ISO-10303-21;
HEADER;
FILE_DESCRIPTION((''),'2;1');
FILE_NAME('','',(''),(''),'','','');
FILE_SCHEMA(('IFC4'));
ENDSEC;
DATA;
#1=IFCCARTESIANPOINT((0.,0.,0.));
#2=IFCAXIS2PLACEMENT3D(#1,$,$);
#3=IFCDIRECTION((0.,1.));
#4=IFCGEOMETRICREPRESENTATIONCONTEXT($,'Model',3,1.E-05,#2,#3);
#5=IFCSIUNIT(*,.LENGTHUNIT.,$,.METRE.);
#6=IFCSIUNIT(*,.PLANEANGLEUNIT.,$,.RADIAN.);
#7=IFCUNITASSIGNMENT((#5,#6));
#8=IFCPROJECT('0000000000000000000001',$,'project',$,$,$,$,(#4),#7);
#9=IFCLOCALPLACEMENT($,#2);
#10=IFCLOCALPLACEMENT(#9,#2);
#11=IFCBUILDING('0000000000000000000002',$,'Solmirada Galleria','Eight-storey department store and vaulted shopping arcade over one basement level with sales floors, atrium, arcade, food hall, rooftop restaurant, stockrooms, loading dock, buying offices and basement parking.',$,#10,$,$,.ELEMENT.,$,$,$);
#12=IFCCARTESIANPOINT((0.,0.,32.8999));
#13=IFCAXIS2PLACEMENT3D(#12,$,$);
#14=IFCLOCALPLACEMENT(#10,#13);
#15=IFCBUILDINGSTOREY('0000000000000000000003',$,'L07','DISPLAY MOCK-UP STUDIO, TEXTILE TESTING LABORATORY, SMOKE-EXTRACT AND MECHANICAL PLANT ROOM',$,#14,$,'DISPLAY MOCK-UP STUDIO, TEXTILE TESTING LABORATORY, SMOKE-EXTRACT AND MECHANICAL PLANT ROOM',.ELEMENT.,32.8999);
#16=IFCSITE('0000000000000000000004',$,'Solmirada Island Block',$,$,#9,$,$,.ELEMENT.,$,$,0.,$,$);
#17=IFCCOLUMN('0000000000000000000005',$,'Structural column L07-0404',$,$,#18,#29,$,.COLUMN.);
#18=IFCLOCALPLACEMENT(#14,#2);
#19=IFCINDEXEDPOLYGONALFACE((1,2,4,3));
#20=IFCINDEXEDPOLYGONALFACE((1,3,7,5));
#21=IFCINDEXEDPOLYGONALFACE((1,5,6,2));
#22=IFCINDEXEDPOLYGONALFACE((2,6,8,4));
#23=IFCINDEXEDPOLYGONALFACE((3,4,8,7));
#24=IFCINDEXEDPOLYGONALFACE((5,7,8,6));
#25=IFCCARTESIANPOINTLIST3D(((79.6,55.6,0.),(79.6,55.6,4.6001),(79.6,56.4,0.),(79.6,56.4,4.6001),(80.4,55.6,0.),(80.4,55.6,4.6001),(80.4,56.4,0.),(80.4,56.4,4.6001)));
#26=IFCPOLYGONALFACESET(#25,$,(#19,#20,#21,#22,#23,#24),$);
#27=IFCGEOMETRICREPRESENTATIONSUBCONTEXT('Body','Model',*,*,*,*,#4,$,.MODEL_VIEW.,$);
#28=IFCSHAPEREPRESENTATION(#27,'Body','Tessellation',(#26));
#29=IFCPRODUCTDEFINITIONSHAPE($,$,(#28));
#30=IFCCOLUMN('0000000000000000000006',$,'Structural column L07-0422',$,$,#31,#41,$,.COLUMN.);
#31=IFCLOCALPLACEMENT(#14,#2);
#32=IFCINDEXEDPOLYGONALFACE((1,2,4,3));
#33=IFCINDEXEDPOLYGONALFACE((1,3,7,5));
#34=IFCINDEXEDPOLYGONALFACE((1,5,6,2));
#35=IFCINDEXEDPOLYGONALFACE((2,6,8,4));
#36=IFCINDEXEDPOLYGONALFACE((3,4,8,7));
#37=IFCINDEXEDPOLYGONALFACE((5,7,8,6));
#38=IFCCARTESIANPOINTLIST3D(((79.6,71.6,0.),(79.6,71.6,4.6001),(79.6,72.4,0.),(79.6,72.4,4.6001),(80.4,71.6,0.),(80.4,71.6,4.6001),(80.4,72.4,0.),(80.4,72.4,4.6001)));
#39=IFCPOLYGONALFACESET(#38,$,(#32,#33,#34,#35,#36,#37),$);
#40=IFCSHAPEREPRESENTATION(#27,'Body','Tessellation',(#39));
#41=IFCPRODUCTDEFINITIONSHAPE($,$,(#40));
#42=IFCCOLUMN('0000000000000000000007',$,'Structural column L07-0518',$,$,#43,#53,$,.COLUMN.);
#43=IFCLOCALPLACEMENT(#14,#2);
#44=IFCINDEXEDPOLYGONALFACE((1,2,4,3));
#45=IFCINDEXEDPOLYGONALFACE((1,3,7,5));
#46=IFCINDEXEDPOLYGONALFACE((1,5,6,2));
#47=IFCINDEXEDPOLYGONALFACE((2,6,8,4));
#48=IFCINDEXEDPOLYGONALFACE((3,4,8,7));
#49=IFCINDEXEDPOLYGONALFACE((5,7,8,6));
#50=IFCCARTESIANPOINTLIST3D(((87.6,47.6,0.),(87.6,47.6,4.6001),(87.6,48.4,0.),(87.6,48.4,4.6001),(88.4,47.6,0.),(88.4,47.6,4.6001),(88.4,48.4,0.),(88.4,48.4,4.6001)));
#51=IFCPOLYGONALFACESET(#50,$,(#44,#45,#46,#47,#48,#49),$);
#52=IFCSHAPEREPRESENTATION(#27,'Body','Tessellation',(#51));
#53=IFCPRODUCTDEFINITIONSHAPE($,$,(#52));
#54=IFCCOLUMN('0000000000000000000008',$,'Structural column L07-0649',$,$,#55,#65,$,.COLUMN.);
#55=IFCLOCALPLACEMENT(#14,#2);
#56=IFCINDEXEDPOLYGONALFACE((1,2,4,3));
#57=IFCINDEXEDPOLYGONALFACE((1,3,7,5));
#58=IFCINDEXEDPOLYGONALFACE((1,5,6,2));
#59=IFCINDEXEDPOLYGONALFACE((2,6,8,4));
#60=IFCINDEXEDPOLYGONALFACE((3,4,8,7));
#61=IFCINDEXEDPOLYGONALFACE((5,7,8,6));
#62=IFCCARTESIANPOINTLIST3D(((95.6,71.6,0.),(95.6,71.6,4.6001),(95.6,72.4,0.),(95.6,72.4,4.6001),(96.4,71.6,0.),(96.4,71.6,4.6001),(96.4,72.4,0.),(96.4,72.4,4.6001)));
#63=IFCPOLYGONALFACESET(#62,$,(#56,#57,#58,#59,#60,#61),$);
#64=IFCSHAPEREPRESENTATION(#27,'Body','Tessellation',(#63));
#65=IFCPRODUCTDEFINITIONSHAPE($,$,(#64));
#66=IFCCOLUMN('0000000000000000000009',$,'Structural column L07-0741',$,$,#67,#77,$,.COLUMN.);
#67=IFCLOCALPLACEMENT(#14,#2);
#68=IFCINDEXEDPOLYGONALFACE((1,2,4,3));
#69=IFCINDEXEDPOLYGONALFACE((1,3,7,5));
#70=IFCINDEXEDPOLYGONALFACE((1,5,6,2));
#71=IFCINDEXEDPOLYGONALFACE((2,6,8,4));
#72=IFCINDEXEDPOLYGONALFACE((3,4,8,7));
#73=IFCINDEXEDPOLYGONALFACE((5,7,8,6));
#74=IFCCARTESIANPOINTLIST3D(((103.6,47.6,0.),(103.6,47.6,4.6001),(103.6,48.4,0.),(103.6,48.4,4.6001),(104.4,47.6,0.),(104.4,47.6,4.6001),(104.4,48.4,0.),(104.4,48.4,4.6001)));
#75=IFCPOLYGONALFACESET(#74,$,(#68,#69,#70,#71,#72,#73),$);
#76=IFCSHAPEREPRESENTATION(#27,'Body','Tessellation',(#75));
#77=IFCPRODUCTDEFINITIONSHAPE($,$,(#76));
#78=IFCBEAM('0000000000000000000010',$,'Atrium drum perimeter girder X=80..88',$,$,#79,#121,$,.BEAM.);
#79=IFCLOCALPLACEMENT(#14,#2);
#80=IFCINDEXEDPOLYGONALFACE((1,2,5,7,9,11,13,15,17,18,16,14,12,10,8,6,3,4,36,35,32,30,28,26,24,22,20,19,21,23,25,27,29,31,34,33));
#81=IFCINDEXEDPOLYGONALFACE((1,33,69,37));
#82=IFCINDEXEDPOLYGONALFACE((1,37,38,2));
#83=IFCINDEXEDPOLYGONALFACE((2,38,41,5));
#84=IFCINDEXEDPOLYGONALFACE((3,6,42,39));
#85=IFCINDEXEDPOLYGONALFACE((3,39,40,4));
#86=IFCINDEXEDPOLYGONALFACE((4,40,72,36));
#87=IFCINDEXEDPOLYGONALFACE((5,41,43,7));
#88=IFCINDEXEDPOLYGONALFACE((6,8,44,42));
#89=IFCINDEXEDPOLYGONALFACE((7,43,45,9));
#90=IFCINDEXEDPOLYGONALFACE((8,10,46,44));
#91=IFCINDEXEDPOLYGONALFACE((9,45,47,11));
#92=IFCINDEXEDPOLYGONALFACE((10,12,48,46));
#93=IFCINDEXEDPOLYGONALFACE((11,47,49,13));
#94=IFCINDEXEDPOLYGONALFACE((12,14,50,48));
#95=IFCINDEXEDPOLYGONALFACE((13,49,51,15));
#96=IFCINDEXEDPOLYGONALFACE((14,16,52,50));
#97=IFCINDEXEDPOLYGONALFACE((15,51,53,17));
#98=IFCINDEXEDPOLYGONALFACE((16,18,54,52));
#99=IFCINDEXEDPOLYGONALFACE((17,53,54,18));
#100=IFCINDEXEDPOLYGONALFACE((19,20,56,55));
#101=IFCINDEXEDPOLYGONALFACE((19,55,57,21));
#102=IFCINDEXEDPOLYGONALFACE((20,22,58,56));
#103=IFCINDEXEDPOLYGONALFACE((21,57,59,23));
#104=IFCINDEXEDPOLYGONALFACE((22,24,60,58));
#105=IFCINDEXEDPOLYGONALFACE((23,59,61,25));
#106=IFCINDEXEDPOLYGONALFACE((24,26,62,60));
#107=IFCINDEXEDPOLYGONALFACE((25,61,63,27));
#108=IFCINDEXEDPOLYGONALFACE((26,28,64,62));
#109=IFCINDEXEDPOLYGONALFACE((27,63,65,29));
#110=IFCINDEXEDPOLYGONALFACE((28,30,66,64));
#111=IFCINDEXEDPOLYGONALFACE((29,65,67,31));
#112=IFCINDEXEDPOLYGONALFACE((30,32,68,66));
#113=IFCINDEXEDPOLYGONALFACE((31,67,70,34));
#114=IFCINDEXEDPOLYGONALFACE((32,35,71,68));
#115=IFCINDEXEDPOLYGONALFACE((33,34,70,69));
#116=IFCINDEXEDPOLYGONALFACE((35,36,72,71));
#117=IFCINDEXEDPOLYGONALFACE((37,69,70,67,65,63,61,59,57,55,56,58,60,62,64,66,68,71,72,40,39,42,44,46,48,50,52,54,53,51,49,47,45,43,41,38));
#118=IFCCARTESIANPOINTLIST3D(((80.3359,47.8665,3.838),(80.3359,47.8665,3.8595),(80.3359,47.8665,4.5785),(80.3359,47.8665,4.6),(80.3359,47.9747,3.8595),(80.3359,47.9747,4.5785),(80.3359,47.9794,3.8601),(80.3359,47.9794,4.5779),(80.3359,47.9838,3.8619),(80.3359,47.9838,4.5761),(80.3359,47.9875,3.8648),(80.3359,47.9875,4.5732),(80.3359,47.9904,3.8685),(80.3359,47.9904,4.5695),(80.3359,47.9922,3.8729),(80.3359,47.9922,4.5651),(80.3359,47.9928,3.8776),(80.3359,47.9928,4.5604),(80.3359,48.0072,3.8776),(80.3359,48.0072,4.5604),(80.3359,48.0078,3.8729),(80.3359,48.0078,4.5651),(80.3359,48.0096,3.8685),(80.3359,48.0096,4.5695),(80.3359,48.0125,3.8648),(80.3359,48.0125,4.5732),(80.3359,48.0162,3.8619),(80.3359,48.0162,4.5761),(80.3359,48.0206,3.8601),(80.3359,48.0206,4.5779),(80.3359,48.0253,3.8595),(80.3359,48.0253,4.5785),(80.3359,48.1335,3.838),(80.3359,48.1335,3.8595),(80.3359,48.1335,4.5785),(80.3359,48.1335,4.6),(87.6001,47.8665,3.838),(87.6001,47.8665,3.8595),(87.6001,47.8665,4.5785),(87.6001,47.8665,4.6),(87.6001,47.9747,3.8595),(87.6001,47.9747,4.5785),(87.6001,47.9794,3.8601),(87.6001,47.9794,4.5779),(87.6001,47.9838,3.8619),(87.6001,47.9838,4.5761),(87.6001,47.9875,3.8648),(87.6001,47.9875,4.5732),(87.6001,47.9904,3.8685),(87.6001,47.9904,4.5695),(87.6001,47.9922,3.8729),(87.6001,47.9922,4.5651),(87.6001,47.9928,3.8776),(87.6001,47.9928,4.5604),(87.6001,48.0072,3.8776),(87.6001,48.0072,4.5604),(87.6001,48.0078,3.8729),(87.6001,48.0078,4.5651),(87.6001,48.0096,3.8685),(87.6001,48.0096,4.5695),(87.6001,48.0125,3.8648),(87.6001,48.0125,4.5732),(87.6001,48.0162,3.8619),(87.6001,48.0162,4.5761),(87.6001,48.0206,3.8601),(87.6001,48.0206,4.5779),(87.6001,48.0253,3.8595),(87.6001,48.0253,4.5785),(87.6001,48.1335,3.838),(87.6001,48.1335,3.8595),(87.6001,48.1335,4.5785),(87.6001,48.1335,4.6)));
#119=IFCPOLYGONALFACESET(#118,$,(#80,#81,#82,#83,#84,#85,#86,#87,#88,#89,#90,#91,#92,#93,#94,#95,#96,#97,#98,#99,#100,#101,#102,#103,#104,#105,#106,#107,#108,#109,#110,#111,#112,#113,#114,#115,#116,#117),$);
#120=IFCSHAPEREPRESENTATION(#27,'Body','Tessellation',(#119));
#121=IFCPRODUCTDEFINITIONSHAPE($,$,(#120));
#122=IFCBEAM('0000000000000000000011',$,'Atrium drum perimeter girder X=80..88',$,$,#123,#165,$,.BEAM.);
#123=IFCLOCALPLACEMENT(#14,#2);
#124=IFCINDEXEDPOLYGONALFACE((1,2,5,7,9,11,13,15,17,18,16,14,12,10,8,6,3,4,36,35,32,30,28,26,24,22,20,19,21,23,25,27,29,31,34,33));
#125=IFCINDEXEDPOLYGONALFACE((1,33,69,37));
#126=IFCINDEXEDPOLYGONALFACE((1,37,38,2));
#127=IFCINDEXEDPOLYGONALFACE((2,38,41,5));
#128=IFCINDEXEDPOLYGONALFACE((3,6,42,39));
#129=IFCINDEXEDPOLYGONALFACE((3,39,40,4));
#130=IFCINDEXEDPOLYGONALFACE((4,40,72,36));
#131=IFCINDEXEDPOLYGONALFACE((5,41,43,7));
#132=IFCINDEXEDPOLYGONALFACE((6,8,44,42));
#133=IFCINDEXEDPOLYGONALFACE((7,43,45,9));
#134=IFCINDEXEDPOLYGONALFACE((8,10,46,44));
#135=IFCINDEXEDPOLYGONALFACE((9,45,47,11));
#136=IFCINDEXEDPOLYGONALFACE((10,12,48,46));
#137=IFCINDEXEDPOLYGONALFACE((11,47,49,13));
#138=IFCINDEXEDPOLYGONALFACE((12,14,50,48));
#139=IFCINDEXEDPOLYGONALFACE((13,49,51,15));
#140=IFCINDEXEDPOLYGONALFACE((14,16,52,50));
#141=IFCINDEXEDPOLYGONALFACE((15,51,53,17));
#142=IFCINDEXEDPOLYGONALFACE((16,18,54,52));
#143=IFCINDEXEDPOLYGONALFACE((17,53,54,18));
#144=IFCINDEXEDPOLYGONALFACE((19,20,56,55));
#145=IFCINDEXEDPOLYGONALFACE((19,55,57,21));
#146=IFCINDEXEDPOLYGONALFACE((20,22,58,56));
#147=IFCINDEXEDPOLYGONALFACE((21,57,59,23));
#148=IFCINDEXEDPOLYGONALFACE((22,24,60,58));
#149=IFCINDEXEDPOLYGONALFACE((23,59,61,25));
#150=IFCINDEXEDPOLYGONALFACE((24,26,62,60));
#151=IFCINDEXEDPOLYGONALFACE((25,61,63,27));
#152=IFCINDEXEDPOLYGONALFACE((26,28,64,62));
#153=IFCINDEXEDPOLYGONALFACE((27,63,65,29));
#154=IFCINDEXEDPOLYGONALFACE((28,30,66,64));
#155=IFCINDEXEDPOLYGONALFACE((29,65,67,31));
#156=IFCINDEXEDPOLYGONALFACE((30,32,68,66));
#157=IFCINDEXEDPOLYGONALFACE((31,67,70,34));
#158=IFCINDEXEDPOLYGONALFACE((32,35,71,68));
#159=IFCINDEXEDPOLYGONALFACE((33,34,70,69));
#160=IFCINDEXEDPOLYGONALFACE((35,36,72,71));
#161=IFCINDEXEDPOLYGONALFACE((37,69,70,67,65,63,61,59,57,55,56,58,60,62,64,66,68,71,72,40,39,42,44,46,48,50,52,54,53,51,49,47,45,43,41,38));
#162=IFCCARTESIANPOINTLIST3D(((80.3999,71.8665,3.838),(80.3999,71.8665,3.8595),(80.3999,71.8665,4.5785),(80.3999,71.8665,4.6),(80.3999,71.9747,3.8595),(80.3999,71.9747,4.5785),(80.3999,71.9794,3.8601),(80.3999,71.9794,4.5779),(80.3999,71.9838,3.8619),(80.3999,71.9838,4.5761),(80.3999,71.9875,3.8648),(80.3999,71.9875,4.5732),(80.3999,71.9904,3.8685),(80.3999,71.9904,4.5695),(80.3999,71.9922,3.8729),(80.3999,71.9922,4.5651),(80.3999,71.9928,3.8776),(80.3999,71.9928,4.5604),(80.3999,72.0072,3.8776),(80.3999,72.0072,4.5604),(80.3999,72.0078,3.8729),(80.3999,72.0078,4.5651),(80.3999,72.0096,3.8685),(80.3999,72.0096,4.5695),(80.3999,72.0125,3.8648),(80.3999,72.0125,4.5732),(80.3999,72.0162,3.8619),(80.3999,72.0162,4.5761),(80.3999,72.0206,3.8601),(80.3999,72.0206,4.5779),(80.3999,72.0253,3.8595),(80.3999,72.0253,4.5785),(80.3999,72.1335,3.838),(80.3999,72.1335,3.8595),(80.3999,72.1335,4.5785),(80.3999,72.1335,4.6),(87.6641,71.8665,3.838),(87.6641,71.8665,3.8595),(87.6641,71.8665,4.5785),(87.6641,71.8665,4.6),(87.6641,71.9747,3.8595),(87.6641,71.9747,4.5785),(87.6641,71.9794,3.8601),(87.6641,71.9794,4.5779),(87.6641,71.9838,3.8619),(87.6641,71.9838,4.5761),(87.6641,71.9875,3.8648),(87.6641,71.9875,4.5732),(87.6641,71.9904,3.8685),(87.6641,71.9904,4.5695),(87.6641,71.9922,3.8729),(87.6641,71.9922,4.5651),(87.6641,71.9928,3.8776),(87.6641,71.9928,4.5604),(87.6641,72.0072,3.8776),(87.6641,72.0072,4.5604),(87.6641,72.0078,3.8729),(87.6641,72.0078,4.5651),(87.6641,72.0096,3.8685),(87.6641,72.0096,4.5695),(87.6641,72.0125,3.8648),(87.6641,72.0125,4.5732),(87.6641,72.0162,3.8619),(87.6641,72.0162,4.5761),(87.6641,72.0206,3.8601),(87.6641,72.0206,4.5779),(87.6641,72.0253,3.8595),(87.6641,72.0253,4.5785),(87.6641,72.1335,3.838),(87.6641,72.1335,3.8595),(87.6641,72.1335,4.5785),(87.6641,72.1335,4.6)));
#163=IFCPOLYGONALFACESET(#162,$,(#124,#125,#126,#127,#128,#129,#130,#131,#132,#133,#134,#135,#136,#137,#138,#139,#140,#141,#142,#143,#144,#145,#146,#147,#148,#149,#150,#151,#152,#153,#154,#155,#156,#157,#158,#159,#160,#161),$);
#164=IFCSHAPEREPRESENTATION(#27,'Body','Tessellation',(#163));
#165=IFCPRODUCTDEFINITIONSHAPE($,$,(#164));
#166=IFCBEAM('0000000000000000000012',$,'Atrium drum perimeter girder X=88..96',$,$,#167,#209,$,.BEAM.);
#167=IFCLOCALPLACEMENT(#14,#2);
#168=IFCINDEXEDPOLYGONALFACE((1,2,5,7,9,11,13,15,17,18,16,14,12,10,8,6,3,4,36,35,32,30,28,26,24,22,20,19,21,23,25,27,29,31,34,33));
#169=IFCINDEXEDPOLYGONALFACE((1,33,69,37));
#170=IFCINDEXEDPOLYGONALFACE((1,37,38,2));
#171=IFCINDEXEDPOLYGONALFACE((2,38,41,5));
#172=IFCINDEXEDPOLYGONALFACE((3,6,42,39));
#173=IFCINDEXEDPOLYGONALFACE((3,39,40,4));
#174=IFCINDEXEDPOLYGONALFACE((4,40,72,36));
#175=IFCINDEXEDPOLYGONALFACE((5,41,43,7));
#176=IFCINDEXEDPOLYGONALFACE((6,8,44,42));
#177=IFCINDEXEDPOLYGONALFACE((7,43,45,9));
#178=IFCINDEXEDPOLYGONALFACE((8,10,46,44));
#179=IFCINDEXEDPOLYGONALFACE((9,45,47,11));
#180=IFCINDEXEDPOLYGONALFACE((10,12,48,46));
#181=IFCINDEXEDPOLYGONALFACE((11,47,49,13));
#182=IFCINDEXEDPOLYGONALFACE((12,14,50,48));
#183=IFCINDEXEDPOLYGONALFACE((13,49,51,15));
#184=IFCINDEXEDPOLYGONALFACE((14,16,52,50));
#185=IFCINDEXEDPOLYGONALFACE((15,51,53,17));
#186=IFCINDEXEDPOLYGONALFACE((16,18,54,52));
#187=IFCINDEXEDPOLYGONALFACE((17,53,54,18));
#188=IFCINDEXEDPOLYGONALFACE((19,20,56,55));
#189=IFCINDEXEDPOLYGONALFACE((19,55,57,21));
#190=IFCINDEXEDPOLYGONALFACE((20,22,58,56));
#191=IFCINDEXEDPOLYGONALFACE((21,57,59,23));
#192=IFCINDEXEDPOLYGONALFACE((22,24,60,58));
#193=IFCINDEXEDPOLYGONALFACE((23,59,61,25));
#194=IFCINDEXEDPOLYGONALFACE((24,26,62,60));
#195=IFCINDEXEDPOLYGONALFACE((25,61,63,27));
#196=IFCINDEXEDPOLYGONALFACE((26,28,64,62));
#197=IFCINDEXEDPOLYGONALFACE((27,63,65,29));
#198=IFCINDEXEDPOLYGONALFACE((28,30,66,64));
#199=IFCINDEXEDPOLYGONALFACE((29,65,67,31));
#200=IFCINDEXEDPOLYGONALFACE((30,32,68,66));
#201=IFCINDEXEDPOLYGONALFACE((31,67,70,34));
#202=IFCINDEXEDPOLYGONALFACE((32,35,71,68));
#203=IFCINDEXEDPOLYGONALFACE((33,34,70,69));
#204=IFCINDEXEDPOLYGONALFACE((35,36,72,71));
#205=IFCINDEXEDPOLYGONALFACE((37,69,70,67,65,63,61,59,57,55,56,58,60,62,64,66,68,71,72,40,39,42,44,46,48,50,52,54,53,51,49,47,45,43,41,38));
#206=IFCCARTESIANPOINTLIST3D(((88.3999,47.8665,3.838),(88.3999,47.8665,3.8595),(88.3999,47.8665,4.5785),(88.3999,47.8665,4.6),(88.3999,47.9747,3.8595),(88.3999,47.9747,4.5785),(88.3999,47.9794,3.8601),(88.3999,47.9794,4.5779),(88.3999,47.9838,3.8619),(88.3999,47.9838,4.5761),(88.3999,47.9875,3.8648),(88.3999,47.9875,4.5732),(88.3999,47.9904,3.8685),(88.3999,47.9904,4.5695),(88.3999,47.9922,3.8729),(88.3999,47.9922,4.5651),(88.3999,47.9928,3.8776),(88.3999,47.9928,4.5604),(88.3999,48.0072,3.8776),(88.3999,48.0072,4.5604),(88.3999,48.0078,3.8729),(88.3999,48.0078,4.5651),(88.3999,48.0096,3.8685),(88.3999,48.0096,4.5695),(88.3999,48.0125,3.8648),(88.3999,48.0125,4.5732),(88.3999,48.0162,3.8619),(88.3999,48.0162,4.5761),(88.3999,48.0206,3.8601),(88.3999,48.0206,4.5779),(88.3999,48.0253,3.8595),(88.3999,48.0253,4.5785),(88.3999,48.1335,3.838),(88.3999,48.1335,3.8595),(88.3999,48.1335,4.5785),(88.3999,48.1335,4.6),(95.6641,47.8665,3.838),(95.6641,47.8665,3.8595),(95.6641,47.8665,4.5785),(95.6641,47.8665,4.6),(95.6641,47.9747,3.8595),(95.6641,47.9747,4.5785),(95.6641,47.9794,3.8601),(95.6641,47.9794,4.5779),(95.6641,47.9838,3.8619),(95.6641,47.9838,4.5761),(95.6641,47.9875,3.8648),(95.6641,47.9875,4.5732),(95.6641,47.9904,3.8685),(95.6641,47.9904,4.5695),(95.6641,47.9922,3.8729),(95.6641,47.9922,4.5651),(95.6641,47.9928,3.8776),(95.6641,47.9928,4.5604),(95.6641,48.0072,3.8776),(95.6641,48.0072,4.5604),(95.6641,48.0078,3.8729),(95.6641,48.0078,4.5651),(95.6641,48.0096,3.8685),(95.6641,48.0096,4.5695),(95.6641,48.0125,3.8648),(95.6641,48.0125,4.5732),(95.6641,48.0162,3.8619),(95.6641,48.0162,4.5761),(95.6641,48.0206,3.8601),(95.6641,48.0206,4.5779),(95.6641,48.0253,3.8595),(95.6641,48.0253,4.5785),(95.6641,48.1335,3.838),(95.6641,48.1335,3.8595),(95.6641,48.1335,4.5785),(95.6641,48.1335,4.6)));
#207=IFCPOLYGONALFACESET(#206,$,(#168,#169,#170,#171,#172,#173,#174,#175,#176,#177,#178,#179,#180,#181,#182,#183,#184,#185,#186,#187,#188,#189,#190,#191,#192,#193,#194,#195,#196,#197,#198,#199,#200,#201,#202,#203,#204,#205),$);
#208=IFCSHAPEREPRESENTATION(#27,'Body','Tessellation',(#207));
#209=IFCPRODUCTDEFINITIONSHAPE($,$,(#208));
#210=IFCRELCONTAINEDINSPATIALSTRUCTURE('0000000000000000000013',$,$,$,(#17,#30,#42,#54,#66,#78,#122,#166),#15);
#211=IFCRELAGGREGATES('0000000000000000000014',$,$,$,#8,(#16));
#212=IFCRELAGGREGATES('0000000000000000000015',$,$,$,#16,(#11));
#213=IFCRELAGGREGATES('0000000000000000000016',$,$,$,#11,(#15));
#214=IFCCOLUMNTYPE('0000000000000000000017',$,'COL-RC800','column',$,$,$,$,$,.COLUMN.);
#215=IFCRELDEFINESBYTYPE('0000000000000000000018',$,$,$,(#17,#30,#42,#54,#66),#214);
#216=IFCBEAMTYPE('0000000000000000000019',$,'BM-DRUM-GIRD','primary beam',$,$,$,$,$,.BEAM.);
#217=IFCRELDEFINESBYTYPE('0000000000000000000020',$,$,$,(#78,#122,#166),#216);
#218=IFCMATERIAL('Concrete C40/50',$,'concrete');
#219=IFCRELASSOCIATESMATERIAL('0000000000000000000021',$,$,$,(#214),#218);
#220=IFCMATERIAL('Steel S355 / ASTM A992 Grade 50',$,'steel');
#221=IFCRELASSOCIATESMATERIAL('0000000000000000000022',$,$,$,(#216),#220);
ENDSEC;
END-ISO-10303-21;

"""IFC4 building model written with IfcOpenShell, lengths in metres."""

from ifc_helpers import new_model, si_unit, direction, frame, origin, origin_2d, place, context, subcontext, project, spatial, rectangle, i_section, extrude, material, material_profile, profile_set, type_object, element, save


model = new_model("IFC4")

# Units and contexts
model_context = context("Model", 3, precision=1e-05, world=origin(), true_north=direction((0.0, 1.0)))
body_context = subcontext(model_context, "Body", "Model", "MODEL_VIEW")
ifc_project = project(units=[si_unit("LENGTHUNIT", "METRE"), si_unit("PLANEANGLEUNIT", "RADIAN")], contexts=[model_context])

# Site, building, storey
site_placement = place(None, origin())
site = spatial("IfcSite", under=ifc_project, at=site_placement, Name="Solmirada Island Block", CompositionType="ELEMENT", RefElevation=0.0)
building_placement = place(site_placement, origin())
building = spatial("IfcBuilding", under=site, at=building_placement, Name="Solmirada Galleria", Description="Eight-storey department store and vaulted shopping arcade over one basement level with sales floors, atrium, arcade, food hall, rooftop restaurant, stockrooms, loading dock, buying offices and basement parking.", CompositionType="ELEMENT")
storey_placement = place(building_placement, frame((0.0, 0.0, 32.8999)))
storey = spatial("IfcBuildingStorey", under=building, at=storey_placement, Name="L07", Description="DISPLAY MOCK-UP STUDIO, TEXTILE TESTING LABORATORY, SMOKE-EXTRACT AND MECHANICAL PLANT ROOM", LongName="DISPLAY MOCK-UP STUDIO, TEXTILE TESTING LABORATORY, SMOKE-EXTRACT AND MECHANICAL PLANT ROOM", CompositionType="ELEMENT", Elevation=32.8999)

# Columns
ifc_material_1 = material(Name="Concrete C40/50", Category="concrete")
ifc_material_profile_1 = material_profile(ifc_material_1, rectangle(XDim=0.8, YDim=0.8, at=origin_2d()), Name="RC800X800")
ifc_profile_set_1 = profile_set([ifc_material_profile_1], Name="Concrete C40/50")
column_type_1 = type_object("IfcColumnType", Name="COL-RC800", Description="column", PredefinedType="COLUMN", material=ifc_profile_set_1)
for number, where, z_axis, x_axis, name in (
    (1, (80.0, 56.0, 0.0), (0.0, 0.0, 1.0), (1.0, 0.0, 0.0), "Structural column L07-0404"),
    (2, (80.0, 72.0, 0.0), (0.0, 0.0, 1.0), (1.0, 0.0, 0.0), "Structural column L07-0422"),
    (3, (88.0, 48.0, 0.0), (0.0, 0.0, 1.0), (1.0, 0.0, 0.0), "Structural column L07-0518"),
    (4, (96.0, 72.0, 0.0), (0.0, 0.0, 1.0), (1.0, 0.0, 0.0), "Structural column L07-0649"),
    (5, (104.0, 48.0, 0.0), (0.0, 0.0, 1.0), (1.0, 0.0, 0.0), "Structural column L07-0741"),
):
    element("IfcColumn", number, at=place(storey_placement, frame(where, z_axis=z_axis, x_axis=x_axis)), inside=storey, type_object=column_type_1, Name=name, PredefinedType="COLUMN", context=body_context, shape_type="SweptSolid", body=[
        extrude(rectangle(XDim=0.8, YDim=0.8, at=origin_2d()), origin(), (0.0, 0.0, 1.0), 4.6001),
    ])

# Beams
ifc_material_2 = material(Name="Steel S355 / ASTM A992 Grade 50", Category="steel")
ifc_material_profile_2 = material_profile(ifc_material_2, i_section(OverallWidth=0.2671, OverallDepth=0.762, WebThickness=0.0144, FlangeThickness=0.0215, FilletRadius=0.0181, at=origin_2d()), Name="W30X116")
ifc_profile_set_2 = profile_set([ifc_material_profile_2], Name="Steel S355 / ASTM A992 Grade 50")
beam_type = type_object("IfcBeamType", Name="BM-DRUM-GIRD", Description="primary beam", PredefinedType="BEAM", material=ifc_profile_set_2)
for number, where, z_axis, x_axis, name in (
    (6, (80.3359, 48.0, 4.219), (1.0, 0.0, 0.0), (0.0, 1.0, 0.0), "Atrium drum perimeter girder X=80..88"),
    (7, (80.3999, 72.0, 4.219), (1.0, 0.0, 0.0), (0.0, 1.0, 0.0), "Atrium drum perimeter girder X=80..88"),
    (8, (88.3999, 48.0, 4.219), (1.0, 0.0, 0.0), (0.0, 1.0, 0.0), "Atrium drum perimeter girder X=88..96"),
):
    element("IfcBeam", number, at=place(storey_placement, frame(where, z_axis=z_axis, x_axis=x_axis)), inside=storey, type_object=beam_type, Name=name, PredefinedType="BEAM", context=body_context, shape_type="SweptSolid", body=[
        extrude(i_section(OverallWidth=0.2671, OverallDepth=0.762, WebThickness=0.0144, FlangeThickness=0.0215, FilletRadius=0.0181, at=origin_2d()), origin(), (0.0, 0.0, 1.0), 7.2642),
    ])

save(model, "model.ifc")
